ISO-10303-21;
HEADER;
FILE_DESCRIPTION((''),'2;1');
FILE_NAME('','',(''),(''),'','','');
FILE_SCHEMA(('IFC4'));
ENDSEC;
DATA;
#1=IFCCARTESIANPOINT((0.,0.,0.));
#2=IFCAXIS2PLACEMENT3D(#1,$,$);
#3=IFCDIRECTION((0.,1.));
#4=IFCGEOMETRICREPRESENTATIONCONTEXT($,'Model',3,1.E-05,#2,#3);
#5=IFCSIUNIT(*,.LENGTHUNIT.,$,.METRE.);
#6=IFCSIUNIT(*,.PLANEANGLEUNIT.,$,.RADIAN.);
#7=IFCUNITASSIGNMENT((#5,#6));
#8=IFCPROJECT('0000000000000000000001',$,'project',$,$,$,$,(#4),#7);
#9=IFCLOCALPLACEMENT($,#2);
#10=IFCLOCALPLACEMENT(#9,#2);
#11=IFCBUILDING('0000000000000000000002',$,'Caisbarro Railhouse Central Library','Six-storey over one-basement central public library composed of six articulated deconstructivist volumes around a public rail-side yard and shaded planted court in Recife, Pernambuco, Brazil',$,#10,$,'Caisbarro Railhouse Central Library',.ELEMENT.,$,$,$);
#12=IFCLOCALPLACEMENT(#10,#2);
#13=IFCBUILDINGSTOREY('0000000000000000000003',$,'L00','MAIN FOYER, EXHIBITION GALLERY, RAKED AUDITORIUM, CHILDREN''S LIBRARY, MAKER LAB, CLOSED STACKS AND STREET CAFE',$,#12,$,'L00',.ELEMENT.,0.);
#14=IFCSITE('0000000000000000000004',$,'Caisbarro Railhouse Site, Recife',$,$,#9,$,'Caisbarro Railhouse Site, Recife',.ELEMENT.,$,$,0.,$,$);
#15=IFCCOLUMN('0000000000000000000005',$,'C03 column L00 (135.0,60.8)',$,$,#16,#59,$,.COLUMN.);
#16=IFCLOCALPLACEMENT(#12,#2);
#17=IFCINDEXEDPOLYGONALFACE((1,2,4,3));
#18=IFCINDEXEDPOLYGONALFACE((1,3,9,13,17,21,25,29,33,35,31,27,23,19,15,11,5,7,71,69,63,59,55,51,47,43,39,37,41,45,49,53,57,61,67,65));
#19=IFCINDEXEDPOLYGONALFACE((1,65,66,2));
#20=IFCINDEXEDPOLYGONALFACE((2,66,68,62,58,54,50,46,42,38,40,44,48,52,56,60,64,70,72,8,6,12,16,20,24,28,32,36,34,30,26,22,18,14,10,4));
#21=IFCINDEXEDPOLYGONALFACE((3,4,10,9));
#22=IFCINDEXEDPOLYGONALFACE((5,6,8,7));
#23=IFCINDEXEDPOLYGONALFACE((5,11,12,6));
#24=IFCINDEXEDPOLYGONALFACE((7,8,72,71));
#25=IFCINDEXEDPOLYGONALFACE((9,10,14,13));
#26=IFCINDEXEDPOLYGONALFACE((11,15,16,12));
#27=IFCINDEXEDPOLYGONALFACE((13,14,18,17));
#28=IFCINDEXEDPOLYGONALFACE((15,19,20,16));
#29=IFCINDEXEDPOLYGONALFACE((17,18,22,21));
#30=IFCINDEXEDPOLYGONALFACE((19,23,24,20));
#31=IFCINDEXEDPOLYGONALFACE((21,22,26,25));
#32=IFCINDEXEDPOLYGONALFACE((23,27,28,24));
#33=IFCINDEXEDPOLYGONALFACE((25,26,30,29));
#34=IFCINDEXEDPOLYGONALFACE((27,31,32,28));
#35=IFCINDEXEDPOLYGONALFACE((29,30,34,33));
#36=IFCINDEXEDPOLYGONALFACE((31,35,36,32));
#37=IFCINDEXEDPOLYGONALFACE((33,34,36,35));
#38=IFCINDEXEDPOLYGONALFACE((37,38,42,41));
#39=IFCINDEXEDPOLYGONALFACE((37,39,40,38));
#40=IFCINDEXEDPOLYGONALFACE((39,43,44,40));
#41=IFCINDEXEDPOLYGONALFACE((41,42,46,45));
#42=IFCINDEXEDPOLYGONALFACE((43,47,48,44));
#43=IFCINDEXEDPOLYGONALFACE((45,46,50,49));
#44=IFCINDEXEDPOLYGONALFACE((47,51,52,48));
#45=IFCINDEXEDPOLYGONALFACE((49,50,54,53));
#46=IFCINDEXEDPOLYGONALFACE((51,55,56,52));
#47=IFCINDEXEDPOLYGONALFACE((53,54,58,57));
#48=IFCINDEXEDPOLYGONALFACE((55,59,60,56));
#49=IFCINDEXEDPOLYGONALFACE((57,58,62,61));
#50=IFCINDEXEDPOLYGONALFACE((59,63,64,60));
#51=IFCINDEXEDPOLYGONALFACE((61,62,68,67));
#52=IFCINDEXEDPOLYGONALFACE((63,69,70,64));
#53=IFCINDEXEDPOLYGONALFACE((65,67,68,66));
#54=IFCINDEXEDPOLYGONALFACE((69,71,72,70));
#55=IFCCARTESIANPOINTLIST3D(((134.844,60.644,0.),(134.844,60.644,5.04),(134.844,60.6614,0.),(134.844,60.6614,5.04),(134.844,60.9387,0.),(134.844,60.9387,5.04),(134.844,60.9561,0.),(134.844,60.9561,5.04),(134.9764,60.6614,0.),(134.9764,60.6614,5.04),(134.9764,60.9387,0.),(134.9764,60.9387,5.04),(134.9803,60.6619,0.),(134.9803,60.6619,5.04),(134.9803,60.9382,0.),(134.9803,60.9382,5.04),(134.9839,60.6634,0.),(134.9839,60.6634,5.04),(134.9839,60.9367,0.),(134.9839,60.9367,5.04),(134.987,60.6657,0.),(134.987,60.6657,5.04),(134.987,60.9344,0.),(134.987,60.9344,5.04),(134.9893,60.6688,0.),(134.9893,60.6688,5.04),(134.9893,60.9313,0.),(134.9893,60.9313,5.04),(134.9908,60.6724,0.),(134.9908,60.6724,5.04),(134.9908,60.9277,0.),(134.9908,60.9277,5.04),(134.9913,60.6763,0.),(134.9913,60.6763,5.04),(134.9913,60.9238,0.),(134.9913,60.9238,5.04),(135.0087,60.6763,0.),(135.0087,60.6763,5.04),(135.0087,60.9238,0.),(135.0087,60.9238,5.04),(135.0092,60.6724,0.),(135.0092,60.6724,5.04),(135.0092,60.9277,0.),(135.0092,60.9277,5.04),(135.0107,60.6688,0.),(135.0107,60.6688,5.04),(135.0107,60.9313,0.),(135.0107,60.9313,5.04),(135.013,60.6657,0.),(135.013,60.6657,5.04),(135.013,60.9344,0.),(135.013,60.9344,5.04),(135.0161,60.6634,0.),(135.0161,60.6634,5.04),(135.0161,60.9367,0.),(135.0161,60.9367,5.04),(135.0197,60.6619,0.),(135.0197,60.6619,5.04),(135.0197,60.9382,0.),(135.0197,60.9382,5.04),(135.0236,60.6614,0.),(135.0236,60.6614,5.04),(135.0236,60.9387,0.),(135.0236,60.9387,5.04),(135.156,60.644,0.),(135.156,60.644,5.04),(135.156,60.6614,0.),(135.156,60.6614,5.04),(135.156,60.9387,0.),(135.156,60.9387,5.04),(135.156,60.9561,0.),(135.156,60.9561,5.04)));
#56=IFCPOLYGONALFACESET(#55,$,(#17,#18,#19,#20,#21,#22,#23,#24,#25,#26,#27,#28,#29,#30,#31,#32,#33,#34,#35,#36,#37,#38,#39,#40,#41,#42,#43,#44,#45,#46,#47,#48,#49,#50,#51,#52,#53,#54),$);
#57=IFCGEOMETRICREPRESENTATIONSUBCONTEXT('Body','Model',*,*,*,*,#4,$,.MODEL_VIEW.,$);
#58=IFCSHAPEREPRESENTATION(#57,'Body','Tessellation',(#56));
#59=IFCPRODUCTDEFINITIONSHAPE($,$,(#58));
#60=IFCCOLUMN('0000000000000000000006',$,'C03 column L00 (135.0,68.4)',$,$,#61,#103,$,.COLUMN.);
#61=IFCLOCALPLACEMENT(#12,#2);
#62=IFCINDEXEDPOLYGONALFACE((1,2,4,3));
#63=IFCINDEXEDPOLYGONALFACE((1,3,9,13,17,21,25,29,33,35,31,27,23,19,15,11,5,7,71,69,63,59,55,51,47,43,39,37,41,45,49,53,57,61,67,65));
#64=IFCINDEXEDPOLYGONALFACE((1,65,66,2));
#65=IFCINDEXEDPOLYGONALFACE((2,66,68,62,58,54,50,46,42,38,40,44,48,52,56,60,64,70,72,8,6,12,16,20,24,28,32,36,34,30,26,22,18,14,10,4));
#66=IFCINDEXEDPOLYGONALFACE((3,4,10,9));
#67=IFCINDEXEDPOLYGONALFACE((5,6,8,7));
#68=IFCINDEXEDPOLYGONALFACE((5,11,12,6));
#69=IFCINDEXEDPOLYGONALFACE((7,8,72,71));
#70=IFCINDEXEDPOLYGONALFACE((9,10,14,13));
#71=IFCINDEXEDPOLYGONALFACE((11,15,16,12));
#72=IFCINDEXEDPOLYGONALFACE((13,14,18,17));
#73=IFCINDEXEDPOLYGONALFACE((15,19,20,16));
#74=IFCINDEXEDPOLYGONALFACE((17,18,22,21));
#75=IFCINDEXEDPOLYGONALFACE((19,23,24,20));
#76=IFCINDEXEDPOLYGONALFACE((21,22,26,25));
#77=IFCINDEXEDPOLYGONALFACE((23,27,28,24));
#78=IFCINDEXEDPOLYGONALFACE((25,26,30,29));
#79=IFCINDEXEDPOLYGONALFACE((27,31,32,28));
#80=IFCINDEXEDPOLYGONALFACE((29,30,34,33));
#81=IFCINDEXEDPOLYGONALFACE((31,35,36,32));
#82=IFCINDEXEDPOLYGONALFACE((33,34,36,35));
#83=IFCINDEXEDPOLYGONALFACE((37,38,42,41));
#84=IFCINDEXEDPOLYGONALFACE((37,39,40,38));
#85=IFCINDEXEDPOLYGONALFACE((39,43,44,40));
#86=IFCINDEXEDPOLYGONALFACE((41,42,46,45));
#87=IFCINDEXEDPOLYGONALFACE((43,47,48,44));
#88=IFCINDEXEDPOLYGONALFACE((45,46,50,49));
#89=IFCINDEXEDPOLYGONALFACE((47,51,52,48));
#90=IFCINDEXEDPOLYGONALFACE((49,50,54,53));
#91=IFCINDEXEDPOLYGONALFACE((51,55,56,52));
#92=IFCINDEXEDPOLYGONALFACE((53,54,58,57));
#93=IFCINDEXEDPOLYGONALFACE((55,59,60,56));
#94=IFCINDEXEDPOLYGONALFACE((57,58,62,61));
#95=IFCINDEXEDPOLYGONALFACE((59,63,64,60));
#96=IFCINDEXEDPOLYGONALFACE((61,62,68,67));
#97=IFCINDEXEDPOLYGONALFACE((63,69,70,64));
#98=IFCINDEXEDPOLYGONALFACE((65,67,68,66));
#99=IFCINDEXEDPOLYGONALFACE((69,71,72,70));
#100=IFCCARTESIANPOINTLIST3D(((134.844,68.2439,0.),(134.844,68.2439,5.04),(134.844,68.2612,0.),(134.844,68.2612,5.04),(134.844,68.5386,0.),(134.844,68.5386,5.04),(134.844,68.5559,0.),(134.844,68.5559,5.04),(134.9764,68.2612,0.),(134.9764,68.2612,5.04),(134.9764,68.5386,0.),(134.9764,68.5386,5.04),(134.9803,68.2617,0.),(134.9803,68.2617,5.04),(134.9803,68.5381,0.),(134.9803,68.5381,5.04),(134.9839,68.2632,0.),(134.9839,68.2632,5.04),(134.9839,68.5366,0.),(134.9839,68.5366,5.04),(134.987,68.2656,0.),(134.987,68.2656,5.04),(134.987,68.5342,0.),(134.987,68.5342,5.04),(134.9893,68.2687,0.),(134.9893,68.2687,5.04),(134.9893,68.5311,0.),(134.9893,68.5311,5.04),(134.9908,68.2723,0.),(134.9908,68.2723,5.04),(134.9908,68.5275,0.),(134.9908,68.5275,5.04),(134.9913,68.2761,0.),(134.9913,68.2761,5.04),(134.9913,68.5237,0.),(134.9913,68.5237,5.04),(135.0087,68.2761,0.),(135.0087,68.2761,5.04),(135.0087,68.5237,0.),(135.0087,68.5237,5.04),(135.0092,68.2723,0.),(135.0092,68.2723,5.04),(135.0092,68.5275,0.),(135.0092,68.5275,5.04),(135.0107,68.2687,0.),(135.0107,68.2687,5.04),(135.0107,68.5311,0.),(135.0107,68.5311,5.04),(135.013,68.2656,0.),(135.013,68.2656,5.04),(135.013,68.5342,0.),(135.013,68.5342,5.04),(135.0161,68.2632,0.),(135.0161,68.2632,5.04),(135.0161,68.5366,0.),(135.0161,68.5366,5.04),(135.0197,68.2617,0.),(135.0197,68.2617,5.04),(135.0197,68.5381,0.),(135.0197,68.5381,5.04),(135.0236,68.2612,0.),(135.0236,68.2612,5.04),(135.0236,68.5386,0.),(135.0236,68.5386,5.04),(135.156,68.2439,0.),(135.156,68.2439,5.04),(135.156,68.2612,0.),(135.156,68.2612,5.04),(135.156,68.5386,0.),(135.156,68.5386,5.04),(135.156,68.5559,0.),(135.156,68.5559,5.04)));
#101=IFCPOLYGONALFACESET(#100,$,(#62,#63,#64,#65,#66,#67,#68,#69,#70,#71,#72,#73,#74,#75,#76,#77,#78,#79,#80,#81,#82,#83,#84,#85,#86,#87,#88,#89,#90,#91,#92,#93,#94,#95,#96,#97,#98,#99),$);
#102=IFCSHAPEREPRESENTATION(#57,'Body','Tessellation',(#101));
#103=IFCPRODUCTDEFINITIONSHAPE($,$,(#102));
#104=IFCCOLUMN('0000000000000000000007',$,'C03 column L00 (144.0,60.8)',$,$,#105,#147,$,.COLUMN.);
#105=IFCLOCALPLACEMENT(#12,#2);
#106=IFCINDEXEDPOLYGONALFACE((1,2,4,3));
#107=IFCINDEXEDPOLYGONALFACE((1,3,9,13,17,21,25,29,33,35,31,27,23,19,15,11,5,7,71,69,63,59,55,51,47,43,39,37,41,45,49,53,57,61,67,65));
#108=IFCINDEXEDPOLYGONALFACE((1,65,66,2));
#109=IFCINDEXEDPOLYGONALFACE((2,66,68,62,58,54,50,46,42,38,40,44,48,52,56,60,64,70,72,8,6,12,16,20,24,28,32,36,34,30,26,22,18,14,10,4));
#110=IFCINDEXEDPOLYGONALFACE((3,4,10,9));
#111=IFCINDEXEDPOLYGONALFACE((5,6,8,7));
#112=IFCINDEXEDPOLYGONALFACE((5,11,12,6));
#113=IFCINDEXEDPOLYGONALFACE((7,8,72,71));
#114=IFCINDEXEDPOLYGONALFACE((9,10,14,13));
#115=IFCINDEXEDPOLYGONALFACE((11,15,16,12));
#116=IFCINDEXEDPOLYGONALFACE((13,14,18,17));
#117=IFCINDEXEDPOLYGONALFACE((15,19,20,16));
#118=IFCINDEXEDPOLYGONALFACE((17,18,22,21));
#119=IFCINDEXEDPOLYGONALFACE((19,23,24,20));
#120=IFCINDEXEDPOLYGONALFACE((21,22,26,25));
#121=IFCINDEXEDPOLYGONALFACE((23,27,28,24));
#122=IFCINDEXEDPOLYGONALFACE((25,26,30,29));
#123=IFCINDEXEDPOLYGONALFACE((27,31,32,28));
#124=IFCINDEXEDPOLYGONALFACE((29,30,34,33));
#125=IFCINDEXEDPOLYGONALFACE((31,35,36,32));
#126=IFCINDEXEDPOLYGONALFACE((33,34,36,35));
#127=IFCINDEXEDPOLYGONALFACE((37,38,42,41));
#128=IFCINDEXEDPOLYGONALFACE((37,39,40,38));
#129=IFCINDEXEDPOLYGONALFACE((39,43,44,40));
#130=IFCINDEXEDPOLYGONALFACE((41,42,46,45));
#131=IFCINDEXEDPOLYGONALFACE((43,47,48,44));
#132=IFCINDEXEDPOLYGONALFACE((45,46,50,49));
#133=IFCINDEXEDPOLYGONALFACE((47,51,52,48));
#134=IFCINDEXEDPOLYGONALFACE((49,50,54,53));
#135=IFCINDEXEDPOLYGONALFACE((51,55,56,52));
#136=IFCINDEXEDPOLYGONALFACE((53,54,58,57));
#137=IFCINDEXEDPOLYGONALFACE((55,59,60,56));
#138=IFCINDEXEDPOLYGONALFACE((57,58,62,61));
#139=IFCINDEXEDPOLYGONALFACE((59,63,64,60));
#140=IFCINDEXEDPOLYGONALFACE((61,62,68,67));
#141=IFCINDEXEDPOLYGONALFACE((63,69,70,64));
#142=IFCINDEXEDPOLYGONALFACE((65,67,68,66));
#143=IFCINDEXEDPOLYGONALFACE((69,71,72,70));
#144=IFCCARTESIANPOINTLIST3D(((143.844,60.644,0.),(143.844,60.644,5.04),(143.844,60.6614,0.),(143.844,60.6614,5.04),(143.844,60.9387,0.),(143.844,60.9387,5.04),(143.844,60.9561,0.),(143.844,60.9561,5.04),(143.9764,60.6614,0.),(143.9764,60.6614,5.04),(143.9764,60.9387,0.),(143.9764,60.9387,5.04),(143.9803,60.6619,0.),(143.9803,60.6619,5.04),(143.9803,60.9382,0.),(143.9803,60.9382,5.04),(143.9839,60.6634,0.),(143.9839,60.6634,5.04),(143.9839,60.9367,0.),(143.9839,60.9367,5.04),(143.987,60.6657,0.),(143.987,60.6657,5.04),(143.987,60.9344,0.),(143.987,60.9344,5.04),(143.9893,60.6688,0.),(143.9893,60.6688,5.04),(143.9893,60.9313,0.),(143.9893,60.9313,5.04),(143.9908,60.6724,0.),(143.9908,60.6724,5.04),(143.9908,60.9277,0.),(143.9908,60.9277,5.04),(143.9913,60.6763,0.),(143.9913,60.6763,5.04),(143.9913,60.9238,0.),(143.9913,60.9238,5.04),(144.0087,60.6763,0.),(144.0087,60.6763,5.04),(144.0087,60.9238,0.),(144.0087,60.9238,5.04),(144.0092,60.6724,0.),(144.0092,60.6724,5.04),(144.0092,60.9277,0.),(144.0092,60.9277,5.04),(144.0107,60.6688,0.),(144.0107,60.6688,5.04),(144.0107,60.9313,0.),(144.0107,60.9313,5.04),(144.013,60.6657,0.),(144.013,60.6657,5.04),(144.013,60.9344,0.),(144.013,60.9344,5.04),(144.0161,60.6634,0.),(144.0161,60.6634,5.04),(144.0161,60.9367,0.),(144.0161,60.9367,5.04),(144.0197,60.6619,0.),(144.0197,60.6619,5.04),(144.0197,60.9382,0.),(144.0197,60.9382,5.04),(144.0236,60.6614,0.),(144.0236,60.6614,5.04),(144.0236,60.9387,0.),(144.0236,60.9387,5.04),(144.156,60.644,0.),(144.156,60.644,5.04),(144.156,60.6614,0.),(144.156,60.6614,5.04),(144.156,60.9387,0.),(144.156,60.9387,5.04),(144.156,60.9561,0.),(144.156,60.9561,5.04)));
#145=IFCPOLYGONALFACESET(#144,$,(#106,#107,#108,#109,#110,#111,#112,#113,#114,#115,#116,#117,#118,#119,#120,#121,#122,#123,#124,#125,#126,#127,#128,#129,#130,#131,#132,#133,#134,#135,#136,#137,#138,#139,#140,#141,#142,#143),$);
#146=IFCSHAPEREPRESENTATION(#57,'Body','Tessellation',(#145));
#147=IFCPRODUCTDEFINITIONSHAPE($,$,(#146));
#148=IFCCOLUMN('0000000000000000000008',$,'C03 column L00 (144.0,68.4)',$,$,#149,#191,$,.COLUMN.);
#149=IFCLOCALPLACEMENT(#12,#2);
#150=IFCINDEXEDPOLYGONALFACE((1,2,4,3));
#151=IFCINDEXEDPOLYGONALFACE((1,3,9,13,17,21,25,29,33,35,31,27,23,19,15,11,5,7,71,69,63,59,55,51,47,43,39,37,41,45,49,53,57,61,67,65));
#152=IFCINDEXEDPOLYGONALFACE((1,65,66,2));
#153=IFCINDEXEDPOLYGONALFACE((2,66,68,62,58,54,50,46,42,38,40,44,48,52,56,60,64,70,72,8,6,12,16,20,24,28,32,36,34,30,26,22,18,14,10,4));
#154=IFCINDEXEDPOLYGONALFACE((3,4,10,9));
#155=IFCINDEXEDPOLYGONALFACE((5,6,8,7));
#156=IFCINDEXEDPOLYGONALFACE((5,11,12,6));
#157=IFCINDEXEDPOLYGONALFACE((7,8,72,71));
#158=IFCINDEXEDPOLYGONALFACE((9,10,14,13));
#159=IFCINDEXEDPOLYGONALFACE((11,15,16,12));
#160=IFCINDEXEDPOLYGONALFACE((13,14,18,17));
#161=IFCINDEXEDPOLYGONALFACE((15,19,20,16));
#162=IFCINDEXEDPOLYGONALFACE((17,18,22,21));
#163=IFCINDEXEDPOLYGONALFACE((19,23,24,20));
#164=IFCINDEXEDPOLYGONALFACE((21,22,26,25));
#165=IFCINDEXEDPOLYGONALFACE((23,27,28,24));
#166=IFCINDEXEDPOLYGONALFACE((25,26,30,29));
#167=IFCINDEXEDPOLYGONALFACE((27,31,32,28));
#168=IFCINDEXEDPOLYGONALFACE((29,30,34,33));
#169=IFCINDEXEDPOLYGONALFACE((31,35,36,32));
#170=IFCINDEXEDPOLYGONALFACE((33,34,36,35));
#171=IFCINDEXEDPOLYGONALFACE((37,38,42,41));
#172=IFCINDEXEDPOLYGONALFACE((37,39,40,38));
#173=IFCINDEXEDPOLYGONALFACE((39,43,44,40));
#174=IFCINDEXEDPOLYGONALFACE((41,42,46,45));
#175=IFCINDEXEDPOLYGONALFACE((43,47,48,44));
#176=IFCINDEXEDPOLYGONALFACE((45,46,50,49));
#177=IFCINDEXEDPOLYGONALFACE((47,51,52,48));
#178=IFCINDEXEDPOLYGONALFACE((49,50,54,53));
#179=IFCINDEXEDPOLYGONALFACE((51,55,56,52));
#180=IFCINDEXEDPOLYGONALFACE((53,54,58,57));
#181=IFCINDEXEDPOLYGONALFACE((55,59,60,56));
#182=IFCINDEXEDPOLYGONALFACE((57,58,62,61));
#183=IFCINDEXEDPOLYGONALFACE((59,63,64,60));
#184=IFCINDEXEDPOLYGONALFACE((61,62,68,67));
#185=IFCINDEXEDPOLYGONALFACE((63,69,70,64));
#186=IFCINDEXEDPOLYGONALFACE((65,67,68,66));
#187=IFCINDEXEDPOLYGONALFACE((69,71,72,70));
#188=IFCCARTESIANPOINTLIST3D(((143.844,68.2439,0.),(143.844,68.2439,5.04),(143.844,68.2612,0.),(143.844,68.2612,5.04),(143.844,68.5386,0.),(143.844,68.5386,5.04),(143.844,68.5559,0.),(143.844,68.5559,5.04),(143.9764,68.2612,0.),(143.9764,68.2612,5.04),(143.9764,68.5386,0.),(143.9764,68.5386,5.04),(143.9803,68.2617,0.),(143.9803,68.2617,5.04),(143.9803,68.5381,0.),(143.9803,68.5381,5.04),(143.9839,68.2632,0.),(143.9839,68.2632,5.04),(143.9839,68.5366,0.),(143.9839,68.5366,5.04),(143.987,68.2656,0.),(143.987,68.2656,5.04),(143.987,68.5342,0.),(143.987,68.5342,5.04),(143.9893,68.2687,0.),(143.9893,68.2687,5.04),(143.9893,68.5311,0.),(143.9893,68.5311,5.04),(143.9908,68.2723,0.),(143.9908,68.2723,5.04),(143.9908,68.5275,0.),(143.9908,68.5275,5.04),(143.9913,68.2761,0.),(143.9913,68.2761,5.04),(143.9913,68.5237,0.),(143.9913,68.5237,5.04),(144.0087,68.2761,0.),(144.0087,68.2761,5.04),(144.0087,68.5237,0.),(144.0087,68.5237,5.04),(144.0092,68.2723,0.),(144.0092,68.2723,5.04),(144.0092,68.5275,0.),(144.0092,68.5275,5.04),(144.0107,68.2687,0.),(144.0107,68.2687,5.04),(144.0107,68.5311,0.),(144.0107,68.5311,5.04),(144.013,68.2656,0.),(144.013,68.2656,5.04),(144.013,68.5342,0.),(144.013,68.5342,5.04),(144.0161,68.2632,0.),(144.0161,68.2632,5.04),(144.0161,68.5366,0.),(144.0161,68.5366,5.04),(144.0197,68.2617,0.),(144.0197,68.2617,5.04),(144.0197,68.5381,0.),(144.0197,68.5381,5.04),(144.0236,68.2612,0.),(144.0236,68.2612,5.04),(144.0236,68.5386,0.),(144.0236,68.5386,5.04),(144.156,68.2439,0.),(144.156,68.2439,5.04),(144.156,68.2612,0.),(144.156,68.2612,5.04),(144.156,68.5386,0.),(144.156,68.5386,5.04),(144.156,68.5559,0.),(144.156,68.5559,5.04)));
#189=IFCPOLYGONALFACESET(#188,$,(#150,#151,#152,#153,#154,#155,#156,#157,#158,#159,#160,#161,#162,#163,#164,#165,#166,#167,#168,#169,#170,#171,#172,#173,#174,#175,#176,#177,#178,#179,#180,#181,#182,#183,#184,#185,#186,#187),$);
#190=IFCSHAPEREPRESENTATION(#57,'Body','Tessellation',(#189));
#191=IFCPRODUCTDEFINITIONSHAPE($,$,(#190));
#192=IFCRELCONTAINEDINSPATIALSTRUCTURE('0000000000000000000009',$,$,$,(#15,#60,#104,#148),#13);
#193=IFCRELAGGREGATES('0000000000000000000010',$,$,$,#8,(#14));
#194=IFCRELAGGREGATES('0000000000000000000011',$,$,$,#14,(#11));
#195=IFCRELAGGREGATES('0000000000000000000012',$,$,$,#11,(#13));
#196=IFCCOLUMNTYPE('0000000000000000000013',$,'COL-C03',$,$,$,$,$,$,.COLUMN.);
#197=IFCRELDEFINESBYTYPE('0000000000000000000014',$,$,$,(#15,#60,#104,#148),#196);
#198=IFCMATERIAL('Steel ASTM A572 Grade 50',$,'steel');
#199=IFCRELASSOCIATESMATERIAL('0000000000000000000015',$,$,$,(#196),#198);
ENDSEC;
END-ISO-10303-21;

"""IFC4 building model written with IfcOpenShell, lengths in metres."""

from ifc_helpers import new_model, si_unit, direction, frame, origin, origin_2d, place, context, subcontext, project, spatial, i_section, extrude, material, material_profile, profile_set, type_object, element, save


model = new_model("IFC4")

# Units and contexts
model_context = context("Model", 3, precision=1e-05, world=origin(), true_north=direction((0.0, 1.0)))
body_context = subcontext(model_context, "Body", "Model", "MODEL_VIEW")
ifc_project = project(units=[si_unit("LENGTHUNIT", "METRE"), si_unit("PLANEANGLEUNIT", "RADIAN")], contexts=[model_context])

# Site, building, storey
site_placement = place(None, origin())
site = spatial("IfcSite", under=ifc_project, at=site_placement, Name="Caisbarro Railhouse Site, Recife", LongName="Caisbarro Railhouse Site, Recife", CompositionType="ELEMENT", RefElevation=0.0)
building_placement = place(site_placement, origin())
building = spatial("IfcBuilding", under=site, at=building_placement, Name="Caisbarro Railhouse Central Library", Description="Six-storey over one-basement central public library composed of six articulated deconstructivist volumes around a public rail-side yard and shaded planted court in Recife, Pernambuco, Brazil", LongName="Caisbarro Railhouse Central Library", CompositionType="ELEMENT")
storey_placement = place(building_placement, origin())
storey = spatial("IfcBuildingStorey", under=building, at=storey_placement, Name="L00", Description="MAIN FOYER, EXHIBITION GALLERY, RAKED AUDITORIUM, CHILDREN'S LIBRARY, MAKER LAB, CLOSED STACKS AND STREET CAFE", LongName="L00", CompositionType="ELEMENT", Elevation=0.0)

# Columns
ifc_material_1 = material(Name="Steel ASTM A572 Grade 50", Category="steel")
ifc_material_profile_1 = material_profile(ifc_material_1, i_section(OverallWidth=0.312, OverallDepth=0.312, WebThickness=0.0173, FlangeThickness=0.0173, FilletRadius=0.0149, at=origin_2d()), Name="HP310X125.0")
ifc_profile_set_1 = profile_set([ifc_material_profile_1], Name="Steel ASTM A572 Grade 50")
column_type = type_object("IfcColumnType", Name="COL-C03", PredefinedType="COLUMN", material=ifc_profile_set_1)
for number, where, z_axis, x_axis, name in (
    (1, (135.0, 60.8, 0.0), (0.0, 0.0, 1.0), (1.0, 0.0, 0.0), "C03 column L00 (135.0,60.8)"),
    (2, (135.0, 68.3999, 0.0), (0.0, 0.0, 1.0), (1.0, 0.0, 0.0), "C03 column L00 (135.0,68.4)"),
    (3, (144.0, 60.8, 0.0), (0.0, 0.0, 1.0), (1.0, 0.0, 0.0), "C03 column L00 (144.0,60.8)"),
    (4, (144.0, 68.3999, 0.0), (0.0, 0.0, 1.0), (1.0, 0.0, 0.0), "C03 column L00 (144.0,68.4)"),
):
    element("IfcColumn", number, at=place(storey_placement, frame(where, z_axis=z_axis, x_axis=x_axis)), inside=storey, type_object=column_type, Name=name, PredefinedType="COLUMN", context=body_context, shape_type="SweptSolid", body=[
        extrude(i_section(OverallWidth=0.312, OverallDepth=0.312, WebThickness=0.0173, FlangeThickness=0.0173, FilletRadius=0.0149, at=origin_2d()), origin(), (0.0, 0.0, 1.0), 5.04),
    ])

save(model, "model.ifc")
